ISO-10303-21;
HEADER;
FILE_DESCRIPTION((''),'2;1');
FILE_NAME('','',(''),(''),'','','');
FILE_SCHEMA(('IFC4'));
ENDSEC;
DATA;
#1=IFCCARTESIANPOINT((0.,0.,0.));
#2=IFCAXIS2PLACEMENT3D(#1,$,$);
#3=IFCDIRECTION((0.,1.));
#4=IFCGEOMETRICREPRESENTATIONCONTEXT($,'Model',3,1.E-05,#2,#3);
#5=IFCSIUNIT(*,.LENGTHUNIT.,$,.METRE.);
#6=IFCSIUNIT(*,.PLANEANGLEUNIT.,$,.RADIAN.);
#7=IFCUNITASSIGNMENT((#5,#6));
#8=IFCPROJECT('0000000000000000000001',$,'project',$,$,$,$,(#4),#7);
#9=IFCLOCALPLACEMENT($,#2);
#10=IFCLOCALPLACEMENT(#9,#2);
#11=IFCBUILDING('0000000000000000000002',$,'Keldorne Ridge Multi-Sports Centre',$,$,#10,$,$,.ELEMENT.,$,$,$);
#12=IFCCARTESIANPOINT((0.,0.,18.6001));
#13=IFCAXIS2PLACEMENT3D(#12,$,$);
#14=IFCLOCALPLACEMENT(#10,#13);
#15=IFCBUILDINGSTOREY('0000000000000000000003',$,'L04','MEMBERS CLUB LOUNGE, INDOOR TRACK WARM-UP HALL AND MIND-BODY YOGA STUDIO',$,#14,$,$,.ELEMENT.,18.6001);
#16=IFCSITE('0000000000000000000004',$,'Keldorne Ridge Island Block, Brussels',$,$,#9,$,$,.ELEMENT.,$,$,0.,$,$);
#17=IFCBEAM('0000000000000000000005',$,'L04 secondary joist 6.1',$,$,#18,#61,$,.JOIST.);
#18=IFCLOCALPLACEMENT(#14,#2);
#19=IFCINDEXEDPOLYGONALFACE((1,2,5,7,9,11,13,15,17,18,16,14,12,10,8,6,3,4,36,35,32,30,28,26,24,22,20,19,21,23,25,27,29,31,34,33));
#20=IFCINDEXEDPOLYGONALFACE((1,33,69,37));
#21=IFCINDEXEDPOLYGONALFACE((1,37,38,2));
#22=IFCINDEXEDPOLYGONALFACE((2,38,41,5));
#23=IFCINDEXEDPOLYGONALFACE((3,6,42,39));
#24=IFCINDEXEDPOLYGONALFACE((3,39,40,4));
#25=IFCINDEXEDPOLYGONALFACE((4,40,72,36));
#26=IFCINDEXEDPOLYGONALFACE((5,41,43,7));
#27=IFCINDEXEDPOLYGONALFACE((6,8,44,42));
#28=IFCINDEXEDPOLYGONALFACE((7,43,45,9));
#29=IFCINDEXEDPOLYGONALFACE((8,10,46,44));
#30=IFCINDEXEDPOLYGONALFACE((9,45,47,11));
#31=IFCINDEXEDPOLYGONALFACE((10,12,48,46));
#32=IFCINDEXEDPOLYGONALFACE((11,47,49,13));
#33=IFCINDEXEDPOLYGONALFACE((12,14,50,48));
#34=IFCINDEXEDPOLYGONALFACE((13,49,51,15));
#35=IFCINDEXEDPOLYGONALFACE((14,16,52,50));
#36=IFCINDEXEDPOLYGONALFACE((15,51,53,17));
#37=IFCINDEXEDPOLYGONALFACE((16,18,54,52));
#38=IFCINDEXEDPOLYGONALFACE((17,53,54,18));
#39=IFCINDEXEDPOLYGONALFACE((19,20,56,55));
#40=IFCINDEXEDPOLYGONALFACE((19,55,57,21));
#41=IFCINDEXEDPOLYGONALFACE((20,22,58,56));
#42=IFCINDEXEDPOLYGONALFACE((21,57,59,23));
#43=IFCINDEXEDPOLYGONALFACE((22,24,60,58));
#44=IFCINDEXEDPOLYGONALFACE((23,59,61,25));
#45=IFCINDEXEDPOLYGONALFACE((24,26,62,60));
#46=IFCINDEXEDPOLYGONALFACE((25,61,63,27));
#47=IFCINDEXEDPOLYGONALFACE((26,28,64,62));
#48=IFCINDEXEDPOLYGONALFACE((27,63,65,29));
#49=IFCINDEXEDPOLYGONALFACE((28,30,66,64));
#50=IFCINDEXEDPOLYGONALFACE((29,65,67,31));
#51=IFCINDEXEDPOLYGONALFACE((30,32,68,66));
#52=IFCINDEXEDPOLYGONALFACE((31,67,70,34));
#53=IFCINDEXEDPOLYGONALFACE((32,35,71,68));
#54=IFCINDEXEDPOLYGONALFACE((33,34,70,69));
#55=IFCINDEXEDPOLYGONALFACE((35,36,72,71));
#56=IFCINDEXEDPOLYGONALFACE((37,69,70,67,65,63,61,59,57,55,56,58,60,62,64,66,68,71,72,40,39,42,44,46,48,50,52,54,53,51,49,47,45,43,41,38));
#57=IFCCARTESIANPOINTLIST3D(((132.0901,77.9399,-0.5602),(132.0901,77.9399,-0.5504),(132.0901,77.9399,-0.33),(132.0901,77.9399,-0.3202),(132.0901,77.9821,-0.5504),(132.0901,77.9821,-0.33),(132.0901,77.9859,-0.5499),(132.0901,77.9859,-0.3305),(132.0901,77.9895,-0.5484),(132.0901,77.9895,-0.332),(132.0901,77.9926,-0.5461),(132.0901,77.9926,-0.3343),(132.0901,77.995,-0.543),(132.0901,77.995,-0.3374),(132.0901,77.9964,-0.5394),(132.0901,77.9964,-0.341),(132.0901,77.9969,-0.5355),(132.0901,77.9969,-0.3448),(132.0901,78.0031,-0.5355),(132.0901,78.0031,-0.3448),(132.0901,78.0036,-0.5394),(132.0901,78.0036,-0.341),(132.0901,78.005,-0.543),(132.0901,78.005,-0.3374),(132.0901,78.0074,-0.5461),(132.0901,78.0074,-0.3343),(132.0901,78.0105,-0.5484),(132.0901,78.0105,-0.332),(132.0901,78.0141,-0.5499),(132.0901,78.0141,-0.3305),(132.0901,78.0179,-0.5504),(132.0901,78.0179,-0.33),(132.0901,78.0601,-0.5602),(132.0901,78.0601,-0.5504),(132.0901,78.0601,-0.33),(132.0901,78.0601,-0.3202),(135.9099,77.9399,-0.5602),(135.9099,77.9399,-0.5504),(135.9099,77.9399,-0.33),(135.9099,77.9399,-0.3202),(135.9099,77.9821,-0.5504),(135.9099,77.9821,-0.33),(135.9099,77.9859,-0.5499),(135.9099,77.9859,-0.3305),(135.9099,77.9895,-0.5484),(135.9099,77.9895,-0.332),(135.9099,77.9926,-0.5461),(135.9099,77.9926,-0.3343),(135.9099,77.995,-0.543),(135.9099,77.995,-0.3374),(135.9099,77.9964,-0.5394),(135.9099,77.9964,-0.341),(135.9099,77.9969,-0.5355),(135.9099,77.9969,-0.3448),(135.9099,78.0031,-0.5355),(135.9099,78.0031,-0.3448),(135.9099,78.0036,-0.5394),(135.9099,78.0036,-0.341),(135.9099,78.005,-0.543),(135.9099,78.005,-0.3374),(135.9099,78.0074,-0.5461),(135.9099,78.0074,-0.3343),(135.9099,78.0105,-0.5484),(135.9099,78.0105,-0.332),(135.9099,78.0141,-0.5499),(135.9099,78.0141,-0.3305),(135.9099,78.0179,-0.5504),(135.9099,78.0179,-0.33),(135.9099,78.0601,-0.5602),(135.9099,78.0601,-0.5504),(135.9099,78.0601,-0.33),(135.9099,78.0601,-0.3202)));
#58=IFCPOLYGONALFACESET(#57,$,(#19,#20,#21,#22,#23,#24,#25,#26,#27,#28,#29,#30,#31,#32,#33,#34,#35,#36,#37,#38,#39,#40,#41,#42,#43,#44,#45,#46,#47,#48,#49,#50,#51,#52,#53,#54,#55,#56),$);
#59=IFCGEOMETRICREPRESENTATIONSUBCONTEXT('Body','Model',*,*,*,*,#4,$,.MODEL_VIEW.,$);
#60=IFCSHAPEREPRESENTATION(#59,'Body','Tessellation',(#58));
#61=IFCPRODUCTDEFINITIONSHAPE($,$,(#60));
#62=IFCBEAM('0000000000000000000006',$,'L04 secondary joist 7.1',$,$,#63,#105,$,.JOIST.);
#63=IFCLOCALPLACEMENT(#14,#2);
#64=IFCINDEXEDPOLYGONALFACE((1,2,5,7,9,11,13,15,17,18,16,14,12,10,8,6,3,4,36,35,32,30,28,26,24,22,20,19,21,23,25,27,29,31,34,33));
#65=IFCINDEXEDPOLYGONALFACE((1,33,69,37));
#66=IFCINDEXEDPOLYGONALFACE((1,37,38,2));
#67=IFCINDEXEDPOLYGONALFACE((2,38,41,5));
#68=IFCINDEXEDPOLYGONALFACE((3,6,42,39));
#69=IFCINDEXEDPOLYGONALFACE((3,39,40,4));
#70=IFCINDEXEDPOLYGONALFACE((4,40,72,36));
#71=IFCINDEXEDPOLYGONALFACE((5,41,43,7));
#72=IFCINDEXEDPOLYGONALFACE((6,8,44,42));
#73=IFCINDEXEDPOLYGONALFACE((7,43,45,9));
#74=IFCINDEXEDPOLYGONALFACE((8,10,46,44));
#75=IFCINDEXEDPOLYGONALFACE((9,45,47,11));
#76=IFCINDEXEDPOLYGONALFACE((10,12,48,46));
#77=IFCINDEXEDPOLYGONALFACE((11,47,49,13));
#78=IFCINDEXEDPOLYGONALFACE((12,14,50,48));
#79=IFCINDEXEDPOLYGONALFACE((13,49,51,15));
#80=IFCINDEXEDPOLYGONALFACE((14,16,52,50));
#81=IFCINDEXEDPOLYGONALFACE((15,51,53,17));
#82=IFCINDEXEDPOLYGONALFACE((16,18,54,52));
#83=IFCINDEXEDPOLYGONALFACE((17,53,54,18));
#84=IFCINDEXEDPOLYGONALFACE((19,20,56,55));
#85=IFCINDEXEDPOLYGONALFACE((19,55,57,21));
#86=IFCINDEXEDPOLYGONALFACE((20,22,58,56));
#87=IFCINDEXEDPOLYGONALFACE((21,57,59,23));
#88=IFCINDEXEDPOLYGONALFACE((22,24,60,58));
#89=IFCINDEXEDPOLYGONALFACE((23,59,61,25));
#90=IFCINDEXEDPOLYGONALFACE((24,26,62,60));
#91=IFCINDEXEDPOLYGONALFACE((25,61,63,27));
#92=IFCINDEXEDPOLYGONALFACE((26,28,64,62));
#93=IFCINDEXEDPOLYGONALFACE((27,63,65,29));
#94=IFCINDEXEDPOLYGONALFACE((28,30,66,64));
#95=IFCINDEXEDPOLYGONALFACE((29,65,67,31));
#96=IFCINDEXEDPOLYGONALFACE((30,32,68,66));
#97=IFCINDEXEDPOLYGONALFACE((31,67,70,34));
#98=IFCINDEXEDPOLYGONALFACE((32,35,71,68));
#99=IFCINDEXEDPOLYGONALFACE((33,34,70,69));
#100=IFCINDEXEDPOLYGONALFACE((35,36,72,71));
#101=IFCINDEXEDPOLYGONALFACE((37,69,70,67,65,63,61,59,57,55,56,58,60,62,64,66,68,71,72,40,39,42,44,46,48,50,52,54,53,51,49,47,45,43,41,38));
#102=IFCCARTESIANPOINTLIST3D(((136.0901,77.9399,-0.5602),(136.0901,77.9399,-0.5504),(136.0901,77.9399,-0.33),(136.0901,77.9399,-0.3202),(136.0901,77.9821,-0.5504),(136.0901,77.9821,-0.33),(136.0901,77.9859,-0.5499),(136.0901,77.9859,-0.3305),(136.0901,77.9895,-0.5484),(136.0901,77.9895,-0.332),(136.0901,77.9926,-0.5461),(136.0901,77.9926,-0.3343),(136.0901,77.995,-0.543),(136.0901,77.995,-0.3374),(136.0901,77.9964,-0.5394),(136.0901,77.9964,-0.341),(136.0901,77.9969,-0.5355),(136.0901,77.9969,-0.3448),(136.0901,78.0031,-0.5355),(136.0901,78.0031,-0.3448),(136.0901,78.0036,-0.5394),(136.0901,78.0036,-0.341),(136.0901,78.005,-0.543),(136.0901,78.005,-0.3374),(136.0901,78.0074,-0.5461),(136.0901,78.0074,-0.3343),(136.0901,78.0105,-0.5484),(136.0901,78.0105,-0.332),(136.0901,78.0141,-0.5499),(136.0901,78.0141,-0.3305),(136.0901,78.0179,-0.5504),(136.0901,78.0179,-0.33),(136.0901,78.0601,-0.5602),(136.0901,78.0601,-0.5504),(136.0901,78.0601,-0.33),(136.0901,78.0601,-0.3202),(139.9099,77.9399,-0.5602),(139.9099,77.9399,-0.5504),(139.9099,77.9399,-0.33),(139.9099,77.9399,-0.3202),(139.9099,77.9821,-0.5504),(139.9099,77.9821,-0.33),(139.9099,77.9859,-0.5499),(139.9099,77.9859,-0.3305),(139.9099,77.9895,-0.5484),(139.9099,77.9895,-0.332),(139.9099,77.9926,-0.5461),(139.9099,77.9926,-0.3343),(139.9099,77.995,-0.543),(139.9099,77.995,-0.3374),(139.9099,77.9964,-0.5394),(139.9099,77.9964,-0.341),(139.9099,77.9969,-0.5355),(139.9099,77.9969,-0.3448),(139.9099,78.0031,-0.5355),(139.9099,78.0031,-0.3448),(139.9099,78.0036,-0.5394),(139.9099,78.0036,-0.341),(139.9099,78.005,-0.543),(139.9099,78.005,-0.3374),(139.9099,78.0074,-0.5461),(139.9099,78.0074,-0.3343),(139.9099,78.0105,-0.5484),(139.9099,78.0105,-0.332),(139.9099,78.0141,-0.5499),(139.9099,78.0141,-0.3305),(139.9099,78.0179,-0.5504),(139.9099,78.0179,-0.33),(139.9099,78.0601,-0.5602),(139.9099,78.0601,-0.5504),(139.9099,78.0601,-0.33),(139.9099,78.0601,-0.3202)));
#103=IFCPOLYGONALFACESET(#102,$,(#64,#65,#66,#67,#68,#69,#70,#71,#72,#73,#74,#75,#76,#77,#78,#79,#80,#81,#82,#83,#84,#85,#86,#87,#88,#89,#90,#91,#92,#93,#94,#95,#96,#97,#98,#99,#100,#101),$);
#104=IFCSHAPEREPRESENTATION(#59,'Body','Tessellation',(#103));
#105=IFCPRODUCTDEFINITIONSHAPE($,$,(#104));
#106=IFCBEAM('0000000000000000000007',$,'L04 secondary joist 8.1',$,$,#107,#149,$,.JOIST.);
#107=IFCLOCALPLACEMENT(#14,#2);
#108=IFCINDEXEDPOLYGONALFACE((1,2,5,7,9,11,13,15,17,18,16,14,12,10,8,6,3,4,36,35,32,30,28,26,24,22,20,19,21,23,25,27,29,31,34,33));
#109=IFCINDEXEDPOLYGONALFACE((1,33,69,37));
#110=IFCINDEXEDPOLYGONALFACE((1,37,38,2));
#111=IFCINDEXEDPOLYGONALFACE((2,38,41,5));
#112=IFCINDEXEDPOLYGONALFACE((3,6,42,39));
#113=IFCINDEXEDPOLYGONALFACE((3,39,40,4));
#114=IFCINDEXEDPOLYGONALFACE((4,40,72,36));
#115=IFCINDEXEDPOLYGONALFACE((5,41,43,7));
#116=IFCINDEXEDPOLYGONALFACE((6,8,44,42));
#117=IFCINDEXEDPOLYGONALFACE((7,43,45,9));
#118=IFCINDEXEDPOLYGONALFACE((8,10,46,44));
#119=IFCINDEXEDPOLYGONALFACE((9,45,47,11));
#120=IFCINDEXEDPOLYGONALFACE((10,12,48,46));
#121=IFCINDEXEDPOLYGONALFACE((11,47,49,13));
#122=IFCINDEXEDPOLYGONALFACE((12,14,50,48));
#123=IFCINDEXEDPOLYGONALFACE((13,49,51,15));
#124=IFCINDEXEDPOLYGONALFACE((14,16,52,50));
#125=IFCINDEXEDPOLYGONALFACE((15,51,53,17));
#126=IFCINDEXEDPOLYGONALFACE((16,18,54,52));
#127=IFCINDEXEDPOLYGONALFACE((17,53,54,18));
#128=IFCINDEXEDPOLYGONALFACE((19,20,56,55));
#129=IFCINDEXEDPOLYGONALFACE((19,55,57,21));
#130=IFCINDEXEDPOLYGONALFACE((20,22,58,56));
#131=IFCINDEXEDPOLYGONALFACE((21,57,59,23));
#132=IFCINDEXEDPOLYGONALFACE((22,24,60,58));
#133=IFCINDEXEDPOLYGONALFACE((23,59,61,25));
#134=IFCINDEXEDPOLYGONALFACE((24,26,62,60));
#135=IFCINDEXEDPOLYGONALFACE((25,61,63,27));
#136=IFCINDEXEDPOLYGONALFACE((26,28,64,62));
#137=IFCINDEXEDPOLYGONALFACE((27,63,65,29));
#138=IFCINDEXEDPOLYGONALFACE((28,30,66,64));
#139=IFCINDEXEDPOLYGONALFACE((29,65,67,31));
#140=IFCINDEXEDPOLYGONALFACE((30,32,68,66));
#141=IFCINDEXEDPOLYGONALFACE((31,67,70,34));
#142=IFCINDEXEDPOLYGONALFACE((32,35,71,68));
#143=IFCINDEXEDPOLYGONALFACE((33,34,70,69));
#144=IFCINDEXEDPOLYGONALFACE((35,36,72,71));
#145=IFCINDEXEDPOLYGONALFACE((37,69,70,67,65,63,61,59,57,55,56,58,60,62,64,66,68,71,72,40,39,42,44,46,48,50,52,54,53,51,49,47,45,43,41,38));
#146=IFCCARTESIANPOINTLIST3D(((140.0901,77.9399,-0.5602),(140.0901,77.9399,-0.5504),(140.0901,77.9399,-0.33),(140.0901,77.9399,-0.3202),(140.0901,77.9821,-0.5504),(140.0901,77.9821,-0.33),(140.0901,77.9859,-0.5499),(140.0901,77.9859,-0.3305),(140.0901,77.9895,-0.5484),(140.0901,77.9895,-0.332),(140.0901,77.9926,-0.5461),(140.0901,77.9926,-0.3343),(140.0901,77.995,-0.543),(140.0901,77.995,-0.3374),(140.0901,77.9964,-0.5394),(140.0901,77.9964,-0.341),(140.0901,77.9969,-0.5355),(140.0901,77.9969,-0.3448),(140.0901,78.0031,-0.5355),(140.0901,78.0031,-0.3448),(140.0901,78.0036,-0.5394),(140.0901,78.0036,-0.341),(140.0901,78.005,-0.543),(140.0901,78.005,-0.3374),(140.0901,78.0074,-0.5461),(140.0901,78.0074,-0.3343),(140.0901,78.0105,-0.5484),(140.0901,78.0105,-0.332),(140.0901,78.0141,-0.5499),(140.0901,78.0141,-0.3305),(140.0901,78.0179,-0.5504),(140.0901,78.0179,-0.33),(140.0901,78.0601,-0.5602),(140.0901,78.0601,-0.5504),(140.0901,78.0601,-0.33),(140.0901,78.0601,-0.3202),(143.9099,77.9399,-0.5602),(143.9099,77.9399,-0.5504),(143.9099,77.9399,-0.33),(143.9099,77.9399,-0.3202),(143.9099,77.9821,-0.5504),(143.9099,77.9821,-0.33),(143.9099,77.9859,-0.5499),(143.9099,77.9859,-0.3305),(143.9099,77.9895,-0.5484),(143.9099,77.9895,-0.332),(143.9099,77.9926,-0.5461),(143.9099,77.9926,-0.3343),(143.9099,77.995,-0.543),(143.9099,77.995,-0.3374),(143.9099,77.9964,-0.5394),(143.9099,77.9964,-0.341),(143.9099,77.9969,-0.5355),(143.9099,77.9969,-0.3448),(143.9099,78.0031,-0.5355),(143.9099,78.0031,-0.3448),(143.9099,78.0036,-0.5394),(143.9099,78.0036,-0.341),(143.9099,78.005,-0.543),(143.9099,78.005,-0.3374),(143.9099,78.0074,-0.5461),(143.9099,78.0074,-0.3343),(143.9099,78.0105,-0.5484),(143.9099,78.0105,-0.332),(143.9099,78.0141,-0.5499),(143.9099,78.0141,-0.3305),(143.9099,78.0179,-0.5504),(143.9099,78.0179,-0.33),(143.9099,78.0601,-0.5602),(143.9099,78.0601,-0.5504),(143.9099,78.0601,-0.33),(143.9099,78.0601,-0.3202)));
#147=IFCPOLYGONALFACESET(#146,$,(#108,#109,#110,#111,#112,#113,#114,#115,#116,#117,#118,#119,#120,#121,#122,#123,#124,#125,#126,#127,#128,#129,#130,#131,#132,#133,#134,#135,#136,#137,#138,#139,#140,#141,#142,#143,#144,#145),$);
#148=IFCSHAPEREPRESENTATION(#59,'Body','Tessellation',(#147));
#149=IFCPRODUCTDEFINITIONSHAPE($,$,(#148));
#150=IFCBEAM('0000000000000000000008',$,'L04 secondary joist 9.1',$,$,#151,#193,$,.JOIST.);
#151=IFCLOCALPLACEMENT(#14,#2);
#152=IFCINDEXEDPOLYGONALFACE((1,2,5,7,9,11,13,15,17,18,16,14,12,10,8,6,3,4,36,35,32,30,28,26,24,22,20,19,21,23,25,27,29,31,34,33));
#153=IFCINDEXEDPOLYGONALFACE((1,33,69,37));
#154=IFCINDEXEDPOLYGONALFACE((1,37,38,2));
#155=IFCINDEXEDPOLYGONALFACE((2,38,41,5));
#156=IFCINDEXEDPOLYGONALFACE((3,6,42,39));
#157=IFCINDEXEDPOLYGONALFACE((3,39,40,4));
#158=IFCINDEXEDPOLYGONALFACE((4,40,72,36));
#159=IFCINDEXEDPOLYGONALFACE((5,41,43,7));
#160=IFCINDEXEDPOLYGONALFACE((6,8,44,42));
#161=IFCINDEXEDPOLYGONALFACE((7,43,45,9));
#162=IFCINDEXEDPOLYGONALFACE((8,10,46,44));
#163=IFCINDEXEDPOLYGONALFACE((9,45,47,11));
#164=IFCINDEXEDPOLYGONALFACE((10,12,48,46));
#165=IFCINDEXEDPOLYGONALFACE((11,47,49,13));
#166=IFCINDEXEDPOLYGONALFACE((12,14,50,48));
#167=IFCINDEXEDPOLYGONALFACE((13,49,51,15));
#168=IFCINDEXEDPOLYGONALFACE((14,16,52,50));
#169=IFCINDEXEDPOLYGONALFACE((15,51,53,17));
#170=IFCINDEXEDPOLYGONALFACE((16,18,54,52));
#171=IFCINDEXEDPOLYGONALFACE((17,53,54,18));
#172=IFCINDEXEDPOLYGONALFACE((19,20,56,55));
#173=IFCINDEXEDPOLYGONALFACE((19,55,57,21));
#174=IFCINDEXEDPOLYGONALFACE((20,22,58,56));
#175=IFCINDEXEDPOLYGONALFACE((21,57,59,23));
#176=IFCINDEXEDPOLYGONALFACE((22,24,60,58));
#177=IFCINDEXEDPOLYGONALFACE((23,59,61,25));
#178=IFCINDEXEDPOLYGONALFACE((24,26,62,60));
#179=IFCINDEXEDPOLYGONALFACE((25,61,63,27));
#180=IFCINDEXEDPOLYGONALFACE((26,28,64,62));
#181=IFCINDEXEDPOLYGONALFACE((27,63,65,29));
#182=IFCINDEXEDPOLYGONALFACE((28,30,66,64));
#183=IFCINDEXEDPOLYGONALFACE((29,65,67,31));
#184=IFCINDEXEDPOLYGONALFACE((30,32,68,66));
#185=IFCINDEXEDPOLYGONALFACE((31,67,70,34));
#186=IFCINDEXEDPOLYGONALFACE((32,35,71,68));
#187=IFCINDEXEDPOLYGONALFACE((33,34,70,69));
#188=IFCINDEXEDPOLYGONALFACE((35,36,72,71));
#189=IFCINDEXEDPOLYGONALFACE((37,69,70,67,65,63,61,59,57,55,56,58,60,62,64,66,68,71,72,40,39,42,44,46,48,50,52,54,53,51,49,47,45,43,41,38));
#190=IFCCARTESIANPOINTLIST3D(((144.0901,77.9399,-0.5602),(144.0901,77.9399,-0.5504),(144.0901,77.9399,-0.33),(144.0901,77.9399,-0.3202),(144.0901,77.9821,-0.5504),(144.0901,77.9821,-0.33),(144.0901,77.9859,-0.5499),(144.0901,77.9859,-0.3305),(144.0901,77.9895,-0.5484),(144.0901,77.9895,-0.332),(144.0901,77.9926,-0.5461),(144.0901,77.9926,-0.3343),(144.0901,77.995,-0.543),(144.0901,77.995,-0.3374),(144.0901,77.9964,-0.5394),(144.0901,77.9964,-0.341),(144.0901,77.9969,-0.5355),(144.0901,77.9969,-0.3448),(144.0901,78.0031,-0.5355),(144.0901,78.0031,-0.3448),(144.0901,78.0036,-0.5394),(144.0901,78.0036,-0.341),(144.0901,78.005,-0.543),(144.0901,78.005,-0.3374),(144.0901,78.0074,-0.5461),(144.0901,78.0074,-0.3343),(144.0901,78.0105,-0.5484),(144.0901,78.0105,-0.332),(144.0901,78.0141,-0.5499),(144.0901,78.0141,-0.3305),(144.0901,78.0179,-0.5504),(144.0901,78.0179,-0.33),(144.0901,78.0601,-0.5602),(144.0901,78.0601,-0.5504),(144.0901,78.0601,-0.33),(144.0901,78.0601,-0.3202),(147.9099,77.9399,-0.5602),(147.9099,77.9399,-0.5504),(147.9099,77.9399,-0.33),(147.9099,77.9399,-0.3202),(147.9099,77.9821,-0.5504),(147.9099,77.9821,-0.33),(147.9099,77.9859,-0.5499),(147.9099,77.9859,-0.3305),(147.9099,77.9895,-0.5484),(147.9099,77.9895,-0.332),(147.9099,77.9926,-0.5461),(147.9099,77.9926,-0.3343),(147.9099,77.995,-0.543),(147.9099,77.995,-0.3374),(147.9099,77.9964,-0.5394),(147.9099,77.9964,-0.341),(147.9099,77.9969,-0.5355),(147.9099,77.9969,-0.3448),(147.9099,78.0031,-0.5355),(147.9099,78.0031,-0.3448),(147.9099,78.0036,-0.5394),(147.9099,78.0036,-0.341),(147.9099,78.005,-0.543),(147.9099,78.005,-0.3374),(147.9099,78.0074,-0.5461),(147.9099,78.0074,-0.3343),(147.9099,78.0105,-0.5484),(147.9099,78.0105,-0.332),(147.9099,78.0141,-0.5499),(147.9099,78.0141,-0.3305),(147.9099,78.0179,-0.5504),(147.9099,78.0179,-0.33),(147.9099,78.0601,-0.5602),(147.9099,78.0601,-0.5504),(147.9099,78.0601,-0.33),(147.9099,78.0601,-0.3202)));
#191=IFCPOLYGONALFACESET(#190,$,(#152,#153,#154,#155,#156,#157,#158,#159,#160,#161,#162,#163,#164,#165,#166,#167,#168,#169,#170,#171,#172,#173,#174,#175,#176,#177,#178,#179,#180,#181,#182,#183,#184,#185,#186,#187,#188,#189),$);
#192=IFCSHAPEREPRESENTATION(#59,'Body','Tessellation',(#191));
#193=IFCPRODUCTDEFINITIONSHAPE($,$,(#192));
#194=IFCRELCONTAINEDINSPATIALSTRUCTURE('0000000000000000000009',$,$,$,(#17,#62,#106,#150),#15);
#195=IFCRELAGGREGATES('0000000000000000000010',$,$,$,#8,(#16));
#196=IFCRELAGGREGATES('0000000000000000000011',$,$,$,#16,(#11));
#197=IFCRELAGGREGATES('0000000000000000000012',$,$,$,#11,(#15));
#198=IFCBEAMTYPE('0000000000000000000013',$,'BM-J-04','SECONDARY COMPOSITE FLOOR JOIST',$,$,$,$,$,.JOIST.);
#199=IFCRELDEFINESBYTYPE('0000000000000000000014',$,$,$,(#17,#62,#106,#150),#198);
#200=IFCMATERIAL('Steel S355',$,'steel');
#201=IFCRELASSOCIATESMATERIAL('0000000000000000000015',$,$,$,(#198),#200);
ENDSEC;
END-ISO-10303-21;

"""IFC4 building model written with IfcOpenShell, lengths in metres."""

from ifc_helpers import new_model, si_unit, direction, frame, origin, origin_2d, place, context, subcontext, project, spatial, i_section, extrude, material, material_profile, profile_set, type_object, element, save


model = new_model("IFC4")

# Units and contexts
model_context = context("Model", 3, precision=1e-05, world=origin(), true_north=direction((0.0, 1.0)))
body_context = subcontext(model_context, "Body", "Model", "MODEL_VIEW")
ifc_project = project(units=[si_unit("LENGTHUNIT", "METRE"), si_unit("PLANEANGLEUNIT", "RADIAN")], contexts=[model_context])

# Site, building, storey
site_placement = place(None, origin())
site = spatial("IfcSite", under=ifc_project, at=site_placement, Name="Keldorne Ridge Island Block, Brussels", CompositionType="ELEMENT", RefElevation=0.0)
building_placement = place(site_placement, origin())
building = spatial("IfcBuilding", under=site, at=building_placement, Name="Keldorne Ridge Multi-Sports Centre", CompositionType="ELEMENT")
storey_placement = place(building_placement, frame((0.0, 0.0, 18.6001)))
storey = spatial("IfcBuildingStorey", under=building, at=storey_placement, Name="L04", Description="MEMBERS CLUB LOUNGE, INDOOR TRACK WARM-UP HALL AND MIND-BODY YOGA STUDIO", CompositionType="ELEMENT", Elevation=18.6001)

# Shared definitions
ifc_material_1 = material(Name="Steel S355", Category="steel")

# Beams
ifc_material_profile_1 = material_profile(ifc_material_1, i_section(OverallWidth=0.1201, OverallDepth=0.24, WebThickness=0.0061, FlangeThickness=0.0098, FilletRadius=0.0149, at=origin_2d()), Name="IPE 240")
ifc_profile_set_1 = profile_set([ifc_material_profile_1], Name="Steel S355")
beam_type_1 = type_object("IfcBeamType", Name="BM-J-04", Description="SECONDARY COMPOSITE FLOOR JOIST", PredefinedType="JOIST", material=ifc_profile_set_1)
for number, where, z_axis, x_axis, name in (
    (1, (132.0901, 78.0, -0.4402), (1.0, 0.0, 0.0), (0.0, 1.0, 0.0), "L04 secondary joist 6.1"),
    (2, (136.0901, 78.0, -0.4402), (1.0, 0.0, 0.0), (0.0, 1.0, 0.0), "L04 secondary joist 7.1"),
    (3, (140.0901, 78.0, -0.4402), (1.0, 0.0, 0.0), (0.0, 1.0, 0.0), "L04 secondary joist 8.1"),
    (4, (144.0901, 78.0, -0.4402), (1.0, 0.0, 0.0), (0.0, 1.0, 0.0), "L04 secondary joist 9.1"),
):
    element("IfcBeam", number, at=place(storey_placement, frame(where, z_axis=z_axis, x_axis=x_axis)), inside=storey, type_object=beam_type_1, Name=name, PredefinedType="JOIST", context=body_context, shape_type="SweptSolid", body=[
        extrude(i_section(OverallWidth=0.1201, OverallDepth=0.24, WebThickness=0.0061, FlangeThickness=0.0098, FilletRadius=0.0149, at=origin_2d()), origin(), (0.0, 0.0, 1.0), 3.8198),
    ])

save(model, "model.ifc")
